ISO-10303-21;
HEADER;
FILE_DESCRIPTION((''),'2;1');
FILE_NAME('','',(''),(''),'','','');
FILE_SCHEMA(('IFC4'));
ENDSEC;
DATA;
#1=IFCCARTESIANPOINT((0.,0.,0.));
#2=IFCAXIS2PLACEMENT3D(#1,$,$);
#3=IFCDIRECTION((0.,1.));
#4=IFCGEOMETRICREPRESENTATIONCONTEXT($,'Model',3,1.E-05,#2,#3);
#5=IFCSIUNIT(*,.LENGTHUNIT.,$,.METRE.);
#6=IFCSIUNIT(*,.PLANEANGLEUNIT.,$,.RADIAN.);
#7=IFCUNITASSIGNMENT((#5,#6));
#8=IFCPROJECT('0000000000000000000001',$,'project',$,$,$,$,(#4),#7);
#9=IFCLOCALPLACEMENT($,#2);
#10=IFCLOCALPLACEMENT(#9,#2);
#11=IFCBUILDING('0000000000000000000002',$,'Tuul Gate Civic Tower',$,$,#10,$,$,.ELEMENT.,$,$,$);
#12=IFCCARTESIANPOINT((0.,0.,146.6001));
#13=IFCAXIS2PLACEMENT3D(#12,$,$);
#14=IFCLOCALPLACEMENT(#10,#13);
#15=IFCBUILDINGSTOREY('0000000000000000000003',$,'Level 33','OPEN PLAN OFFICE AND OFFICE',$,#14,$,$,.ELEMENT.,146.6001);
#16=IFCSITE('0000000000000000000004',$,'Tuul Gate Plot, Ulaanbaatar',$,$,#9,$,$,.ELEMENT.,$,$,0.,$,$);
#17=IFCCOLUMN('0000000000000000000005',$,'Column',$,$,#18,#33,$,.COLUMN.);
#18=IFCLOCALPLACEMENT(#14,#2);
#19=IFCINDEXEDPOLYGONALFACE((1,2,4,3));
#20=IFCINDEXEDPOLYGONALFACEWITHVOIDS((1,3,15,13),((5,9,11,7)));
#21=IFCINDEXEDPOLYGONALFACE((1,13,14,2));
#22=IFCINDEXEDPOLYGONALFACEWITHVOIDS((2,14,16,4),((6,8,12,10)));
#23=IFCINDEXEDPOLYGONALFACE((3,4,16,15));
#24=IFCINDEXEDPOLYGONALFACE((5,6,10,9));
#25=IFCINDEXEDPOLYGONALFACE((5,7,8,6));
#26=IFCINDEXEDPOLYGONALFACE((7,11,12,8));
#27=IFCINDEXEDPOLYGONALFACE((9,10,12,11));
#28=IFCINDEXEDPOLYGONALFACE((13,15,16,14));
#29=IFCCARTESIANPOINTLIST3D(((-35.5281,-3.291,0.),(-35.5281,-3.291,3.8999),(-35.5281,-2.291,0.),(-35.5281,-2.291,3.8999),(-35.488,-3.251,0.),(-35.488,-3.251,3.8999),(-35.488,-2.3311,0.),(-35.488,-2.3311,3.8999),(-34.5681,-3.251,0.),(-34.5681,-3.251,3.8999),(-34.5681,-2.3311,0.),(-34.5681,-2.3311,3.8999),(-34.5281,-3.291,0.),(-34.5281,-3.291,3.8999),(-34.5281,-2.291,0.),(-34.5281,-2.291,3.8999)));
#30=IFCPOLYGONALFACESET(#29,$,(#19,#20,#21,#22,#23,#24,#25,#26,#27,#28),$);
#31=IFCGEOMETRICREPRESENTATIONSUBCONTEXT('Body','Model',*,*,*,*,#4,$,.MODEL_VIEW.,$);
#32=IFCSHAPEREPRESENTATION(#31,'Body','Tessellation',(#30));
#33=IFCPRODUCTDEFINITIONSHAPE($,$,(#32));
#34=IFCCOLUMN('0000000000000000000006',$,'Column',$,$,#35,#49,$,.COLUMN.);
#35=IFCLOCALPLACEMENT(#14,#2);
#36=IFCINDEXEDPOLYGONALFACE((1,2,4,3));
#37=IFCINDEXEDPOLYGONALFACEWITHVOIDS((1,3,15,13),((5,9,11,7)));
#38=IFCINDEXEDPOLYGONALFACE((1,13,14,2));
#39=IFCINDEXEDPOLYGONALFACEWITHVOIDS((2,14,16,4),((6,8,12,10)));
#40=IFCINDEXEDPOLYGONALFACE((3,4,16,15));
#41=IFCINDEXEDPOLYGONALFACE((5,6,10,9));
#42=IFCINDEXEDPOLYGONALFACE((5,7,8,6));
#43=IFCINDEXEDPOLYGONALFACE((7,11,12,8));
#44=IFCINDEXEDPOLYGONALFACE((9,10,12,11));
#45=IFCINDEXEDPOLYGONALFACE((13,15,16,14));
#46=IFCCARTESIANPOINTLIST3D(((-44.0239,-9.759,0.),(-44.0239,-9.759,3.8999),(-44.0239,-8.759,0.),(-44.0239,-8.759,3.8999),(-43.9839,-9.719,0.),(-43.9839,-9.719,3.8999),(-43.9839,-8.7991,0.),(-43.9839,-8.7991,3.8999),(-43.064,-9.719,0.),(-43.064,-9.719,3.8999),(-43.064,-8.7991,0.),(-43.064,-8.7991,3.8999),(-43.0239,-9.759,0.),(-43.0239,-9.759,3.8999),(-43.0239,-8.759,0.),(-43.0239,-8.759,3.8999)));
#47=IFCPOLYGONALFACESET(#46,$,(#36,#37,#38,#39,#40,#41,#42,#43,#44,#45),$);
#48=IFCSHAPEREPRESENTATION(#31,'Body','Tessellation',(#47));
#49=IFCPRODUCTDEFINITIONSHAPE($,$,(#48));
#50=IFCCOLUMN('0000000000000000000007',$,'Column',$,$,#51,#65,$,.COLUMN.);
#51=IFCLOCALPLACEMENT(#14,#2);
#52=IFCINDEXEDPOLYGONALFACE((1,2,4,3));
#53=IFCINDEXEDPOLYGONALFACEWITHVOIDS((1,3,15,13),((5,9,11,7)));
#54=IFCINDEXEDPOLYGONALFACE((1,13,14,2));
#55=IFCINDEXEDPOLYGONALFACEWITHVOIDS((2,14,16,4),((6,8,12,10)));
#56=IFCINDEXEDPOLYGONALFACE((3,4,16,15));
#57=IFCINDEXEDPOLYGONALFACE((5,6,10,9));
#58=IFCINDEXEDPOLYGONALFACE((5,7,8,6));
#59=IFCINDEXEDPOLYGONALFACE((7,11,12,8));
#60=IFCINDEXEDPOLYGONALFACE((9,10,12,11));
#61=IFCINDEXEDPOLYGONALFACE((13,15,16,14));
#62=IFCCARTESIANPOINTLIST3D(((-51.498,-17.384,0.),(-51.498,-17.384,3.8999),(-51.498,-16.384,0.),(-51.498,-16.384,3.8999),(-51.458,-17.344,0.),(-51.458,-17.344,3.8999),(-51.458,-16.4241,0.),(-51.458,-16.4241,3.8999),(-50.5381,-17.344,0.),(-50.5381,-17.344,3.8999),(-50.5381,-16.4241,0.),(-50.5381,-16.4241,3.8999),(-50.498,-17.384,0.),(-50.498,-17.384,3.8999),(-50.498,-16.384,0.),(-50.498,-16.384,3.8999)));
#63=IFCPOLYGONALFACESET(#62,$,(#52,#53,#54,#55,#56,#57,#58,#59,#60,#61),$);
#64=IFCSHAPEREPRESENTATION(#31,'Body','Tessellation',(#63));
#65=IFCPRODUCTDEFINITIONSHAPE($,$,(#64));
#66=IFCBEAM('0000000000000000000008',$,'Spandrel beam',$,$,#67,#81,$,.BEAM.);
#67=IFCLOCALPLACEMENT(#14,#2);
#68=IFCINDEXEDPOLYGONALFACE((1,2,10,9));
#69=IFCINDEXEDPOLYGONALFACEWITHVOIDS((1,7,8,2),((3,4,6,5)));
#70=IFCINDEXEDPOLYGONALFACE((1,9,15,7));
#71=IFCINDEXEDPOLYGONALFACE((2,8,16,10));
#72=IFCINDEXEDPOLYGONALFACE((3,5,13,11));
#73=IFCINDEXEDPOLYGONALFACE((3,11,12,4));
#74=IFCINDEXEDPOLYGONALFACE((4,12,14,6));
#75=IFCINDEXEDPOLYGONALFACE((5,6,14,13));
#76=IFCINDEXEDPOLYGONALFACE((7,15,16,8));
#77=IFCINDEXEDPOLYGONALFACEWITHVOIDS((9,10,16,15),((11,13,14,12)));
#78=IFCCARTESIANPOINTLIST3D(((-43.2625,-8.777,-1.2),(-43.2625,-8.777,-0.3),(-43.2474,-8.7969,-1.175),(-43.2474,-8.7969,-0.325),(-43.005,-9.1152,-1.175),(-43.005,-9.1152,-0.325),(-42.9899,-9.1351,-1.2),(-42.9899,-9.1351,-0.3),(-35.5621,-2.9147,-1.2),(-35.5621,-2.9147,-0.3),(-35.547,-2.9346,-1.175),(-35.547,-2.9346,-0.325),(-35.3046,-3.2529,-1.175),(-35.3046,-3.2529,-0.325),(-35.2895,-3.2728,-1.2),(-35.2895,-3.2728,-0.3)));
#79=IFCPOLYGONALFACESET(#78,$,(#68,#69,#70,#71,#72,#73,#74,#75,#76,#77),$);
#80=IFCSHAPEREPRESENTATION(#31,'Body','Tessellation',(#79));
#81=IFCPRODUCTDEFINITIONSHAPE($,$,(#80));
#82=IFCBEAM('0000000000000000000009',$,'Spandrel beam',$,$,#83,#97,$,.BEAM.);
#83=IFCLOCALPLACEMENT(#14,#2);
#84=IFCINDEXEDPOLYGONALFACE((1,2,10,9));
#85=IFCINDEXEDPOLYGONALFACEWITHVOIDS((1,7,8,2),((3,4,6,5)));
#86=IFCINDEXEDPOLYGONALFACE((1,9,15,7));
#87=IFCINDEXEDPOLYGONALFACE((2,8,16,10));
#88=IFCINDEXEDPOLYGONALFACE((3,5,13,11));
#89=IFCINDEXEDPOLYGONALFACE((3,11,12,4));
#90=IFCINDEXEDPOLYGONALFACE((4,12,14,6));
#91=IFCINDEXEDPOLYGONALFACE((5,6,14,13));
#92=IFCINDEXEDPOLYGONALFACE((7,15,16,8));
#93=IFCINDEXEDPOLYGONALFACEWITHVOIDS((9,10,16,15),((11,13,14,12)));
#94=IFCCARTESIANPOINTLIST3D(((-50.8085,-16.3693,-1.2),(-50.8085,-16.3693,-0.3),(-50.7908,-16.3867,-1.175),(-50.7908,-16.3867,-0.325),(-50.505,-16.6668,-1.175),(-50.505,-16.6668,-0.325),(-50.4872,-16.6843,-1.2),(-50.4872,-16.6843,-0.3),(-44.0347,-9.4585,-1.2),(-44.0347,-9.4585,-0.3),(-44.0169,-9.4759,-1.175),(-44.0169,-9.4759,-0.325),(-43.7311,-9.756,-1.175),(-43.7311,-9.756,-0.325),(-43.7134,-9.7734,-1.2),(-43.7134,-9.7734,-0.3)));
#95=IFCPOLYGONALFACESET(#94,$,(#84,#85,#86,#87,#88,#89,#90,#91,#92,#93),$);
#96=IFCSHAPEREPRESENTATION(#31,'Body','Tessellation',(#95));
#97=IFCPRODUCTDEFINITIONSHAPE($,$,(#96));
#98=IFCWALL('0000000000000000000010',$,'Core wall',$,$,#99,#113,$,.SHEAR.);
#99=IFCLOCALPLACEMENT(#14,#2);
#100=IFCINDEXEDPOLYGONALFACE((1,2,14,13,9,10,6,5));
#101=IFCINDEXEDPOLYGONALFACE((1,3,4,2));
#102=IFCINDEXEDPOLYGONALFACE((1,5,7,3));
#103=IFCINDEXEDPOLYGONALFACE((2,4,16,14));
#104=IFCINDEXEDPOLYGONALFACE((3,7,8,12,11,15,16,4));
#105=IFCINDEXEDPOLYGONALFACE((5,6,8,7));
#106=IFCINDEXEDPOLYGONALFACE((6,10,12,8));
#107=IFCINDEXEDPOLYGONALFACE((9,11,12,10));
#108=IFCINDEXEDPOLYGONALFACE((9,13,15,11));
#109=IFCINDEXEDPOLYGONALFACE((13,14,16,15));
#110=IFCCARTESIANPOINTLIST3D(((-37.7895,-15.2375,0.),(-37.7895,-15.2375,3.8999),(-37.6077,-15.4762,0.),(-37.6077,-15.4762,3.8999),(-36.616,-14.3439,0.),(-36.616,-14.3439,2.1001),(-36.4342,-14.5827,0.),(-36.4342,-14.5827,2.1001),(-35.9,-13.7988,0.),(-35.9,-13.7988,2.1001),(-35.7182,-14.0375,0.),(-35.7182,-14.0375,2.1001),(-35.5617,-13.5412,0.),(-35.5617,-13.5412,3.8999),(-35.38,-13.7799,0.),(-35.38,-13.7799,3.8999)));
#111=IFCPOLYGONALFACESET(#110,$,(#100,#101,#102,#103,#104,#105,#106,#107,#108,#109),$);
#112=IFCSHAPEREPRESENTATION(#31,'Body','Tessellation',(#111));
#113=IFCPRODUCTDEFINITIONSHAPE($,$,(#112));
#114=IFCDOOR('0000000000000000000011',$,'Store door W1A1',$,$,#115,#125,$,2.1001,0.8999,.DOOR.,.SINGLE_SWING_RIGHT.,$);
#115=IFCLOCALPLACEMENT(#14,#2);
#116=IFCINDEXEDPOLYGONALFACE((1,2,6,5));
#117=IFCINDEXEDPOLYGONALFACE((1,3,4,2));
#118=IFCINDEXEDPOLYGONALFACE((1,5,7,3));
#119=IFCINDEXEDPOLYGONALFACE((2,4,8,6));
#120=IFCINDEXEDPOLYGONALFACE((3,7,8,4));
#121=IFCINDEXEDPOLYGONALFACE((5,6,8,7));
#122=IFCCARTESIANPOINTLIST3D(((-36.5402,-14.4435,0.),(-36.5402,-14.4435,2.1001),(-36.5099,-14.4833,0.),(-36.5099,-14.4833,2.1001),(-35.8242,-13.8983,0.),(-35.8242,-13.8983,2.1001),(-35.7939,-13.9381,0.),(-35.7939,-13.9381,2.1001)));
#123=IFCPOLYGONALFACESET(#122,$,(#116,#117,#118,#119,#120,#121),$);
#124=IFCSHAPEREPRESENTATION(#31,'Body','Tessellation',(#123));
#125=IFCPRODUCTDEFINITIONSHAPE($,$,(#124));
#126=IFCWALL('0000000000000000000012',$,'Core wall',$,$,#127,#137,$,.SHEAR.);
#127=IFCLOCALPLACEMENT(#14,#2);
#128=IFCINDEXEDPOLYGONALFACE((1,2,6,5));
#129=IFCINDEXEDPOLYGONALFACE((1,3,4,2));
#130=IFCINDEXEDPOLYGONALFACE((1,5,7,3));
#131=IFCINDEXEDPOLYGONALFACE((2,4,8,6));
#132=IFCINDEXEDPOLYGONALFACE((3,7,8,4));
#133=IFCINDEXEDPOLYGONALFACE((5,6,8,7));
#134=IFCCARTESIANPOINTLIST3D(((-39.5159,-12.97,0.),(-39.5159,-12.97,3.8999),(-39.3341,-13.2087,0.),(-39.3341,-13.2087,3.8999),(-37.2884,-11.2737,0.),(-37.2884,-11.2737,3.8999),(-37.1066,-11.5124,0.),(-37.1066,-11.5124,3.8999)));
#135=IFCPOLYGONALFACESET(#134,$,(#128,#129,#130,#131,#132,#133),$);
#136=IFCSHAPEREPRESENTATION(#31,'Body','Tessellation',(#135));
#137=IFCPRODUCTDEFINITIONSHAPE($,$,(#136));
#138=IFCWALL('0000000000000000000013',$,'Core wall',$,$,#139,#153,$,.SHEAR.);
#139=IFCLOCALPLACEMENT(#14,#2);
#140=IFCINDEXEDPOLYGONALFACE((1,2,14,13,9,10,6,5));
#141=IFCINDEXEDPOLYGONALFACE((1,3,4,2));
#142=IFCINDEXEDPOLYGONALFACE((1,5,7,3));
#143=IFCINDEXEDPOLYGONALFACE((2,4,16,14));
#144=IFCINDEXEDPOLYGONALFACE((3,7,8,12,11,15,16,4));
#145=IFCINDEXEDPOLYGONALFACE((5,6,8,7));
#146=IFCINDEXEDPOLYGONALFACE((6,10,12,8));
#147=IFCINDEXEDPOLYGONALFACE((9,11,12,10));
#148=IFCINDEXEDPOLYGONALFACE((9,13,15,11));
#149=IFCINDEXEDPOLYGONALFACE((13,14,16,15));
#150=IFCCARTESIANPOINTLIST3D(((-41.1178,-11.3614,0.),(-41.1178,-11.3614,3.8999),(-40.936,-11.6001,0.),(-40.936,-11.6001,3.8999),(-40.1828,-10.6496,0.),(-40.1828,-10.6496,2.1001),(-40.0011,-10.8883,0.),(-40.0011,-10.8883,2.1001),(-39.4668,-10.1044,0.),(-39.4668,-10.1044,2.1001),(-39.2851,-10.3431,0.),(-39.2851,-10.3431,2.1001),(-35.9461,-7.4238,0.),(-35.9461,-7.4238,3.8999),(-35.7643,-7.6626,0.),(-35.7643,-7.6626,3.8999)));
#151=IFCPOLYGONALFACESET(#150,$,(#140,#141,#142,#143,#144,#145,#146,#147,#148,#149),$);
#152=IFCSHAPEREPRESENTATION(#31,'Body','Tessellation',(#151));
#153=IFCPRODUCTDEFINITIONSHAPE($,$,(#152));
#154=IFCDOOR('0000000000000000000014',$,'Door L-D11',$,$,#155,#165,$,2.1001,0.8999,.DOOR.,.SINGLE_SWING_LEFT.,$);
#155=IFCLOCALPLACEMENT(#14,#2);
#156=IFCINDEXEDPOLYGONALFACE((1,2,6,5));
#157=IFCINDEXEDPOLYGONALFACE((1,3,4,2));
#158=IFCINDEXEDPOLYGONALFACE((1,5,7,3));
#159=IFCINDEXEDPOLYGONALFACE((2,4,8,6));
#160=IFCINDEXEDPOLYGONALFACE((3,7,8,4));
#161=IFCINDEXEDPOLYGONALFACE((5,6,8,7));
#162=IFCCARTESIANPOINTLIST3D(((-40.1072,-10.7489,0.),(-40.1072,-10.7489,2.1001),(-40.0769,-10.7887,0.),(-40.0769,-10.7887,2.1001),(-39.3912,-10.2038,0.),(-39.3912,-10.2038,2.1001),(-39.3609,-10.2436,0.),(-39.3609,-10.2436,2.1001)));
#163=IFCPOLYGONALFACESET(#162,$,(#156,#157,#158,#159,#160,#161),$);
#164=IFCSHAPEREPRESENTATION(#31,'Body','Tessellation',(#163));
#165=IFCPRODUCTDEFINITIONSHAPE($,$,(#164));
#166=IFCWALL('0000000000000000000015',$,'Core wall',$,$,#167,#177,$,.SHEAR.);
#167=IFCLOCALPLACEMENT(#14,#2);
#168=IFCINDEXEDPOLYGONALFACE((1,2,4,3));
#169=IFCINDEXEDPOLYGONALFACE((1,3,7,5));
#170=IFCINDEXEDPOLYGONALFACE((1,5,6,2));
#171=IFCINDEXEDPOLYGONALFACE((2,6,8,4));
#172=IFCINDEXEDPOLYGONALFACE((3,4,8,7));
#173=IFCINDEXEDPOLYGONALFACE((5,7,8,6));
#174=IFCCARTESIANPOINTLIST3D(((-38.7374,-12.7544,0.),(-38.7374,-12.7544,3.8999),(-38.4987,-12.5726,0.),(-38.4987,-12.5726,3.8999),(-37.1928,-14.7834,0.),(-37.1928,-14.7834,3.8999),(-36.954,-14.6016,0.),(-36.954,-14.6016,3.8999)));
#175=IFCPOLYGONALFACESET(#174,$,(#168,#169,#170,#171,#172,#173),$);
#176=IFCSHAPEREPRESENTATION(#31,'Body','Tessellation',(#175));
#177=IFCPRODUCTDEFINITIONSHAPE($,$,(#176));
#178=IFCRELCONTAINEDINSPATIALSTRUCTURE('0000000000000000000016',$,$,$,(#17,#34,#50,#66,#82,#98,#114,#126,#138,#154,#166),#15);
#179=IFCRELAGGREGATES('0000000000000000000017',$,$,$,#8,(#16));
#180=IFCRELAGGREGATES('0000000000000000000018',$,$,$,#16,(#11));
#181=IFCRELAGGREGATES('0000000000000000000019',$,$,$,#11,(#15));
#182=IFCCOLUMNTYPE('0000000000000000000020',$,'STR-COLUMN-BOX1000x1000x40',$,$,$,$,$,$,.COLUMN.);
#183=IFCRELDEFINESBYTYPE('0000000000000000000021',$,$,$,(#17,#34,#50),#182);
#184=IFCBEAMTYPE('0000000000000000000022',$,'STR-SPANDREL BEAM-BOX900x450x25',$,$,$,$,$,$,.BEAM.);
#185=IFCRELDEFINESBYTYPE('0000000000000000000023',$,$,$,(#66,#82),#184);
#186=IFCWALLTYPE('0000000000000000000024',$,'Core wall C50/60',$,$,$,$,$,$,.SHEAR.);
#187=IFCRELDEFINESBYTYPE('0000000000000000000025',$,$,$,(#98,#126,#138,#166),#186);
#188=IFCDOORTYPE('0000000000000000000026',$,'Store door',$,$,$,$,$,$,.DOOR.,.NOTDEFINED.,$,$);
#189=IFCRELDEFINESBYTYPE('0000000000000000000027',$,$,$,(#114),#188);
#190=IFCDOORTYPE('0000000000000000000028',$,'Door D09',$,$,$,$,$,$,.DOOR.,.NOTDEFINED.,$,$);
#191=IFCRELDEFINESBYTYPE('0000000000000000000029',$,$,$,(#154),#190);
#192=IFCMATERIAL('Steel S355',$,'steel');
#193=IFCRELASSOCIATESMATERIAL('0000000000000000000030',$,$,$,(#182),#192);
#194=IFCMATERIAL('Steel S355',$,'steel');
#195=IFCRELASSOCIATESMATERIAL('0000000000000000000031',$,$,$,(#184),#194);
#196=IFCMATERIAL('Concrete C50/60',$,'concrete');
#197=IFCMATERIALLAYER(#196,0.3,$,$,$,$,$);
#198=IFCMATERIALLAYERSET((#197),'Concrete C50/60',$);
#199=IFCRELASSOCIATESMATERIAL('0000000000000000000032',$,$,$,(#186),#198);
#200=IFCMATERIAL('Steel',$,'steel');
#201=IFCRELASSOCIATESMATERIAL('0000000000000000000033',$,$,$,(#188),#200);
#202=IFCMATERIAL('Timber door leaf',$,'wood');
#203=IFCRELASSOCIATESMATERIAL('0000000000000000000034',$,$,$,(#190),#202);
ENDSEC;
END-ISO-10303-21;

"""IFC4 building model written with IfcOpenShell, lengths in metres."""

from ifc_helpers import new_model, si_unit, direction, frame, frame_2d, origin, origin_2d, place, context, subcontext, project, spatial, rectangle, hollow_rectangle, extrude, material, layer, layer_set, material_profile, profile_set, type_object, element, fill, save


model = new_model("IFC4")

# Units and contexts
model_context = context("Model", 3, precision=1e-05, world=origin(), true_north=direction((0.0, 1.0)))
body_context = subcontext(model_context, "Body", "Model", "MODEL_VIEW")
ifc_project = project(units=[si_unit("LENGTHUNIT", "METRE"), si_unit("PLANEANGLEUNIT", "RADIAN")], contexts=[model_context])

# Site, building, storey
site_placement = place(None, origin())
site = spatial("IfcSite", under=ifc_project, at=site_placement, Name="Tuul Gate Plot, Ulaanbaatar", CompositionType="ELEMENT", RefElevation=0.0)
building_placement = place(site_placement, origin())
building = spatial("IfcBuilding", under=site, at=building_placement, Name="Tuul Gate Civic Tower", CompositionType="ELEMENT")
storey_placement = place(building_placement, frame((0.0, 0.0, 146.6001)))
storey = spatial("IfcBuildingStorey", under=building, at=storey_placement, Name="Level 33", Description="OPEN PLAN OFFICE AND OFFICE", CompositionType="ELEMENT", Elevation=146.6001)

# Columns
ifc_material_1 = material(Name="Steel S355", Category="steel")
ifc_material_profile_1 = material_profile(ifc_material_1, hollow_rectangle(XDim=1.0, YDim=1.0, WallThickness=0.04, at=origin_2d()), Name="BOX1000x1000x40")
ifc_profile_set_1 = profile_set([ifc_material_profile_1], Name="Steel S355")
column_type = type_object("IfcColumnType", Name="STR-COLUMN-BOX1000x1000x40", PredefinedType="COLUMN", material=ifc_profile_set_1)
for number, where, z_axis, x_axis, name in (
    (1, (-35.0281, -2.791, 0.0), (0.0, 0.0, 1.0), (1.0, 0.0, 0.0), "Column"),
    (2, (-43.5239, -9.259, 0.0), (0.0, 0.0, 1.0), (1.0, 0.0, 0.0), "Column"),
    (3, (-50.998, -16.884, 0.0), (0.0, 0.0, 1.0), (1.0, 0.0, 0.0), "Column"),
):
    element("IfcColumn", number, at=place(storey_placement, frame(where, z_axis=z_axis, x_axis=x_axis)), inside=storey, type_object=column_type, Name=name, PredefinedType="COLUMN", context=body_context, shape_type="SweptSolid", body=[
        extrude(hollow_rectangle(XDim=1.0, YDim=1.0, WallThickness=0.04, at=origin_2d()), origin(), (0.0, 0.0, 1.0), 3.8999),
    ])

# Beams
ifc_material_2 = material(Name="Steel S355", Category="steel")
ifc_material_profile_2 = material_profile(ifc_material_2, hollow_rectangle(XDim=0.45, YDim=0.8999, WallThickness=0.0249, at=origin_2d()), Name="BOX900x450x25")
ifc_profile_set_2 = profile_set([ifc_material_profile_2], Name="Steel S355")
beam_type = type_object("IfcBeamType", Name="STR-SPANDREL BEAM-BOX900x450x25", PredefinedType="BEAM", material=ifc_profile_set_2)
beam_1_placement = place(storey_placement, frame((-35.4258, -3.0938, -0.75), z_axis=(-0.795666, -0.605736, 0.0), x_axis=(0.605736, -0.795666, 0.0)))
element("IfcBeam", 4, at=beam_1_placement, inside=storey, type_object=beam_type, Name="Spandrel beam", PredefinedType="BEAM", context=body_context, shape_type="SweptSolid", body=[
    extrude(hollow_rectangle(XDim=0.45, YDim=0.8999, WallThickness=0.0249, at=origin_2d()), origin(), (0.0, 0.0, 1.0), 9.678),
])
beam_2_placement = place(storey_placement, frame((-43.874, -9.616, -0.75), z_axis=(-0.699995, -0.714148, 0.0), x_axis=(0.714148, -0.699995, 0.0)))
element("IfcBeam", 5, at=beam_2_placement, inside=storey, type_object=beam_type, Name="Spandrel beam", PredefinedType="BEAM", context=body_context, shape_type="SweptSolid", body=[
    extrude(hollow_rectangle(XDim=0.45, YDim=0.8999, WallThickness=0.0249, at=origin_2d()), origin(), (0.0, 0.0, 1.0), 9.677),
])

# Wall, opening, door
ifc_material_3 = material(Name="Concrete C50/60", Category="concrete")
ifc_layer_1 = layer(ifc_material_3, 0.3)
ifc_layer_set_1 = layer_set([ifc_layer_1], Name="Concrete C50/60")
wall_type_1 = type_object("IfcWallType", Name="Core wall C50/60", PredefinedType="SHEAR", material=ifc_layer_set_1)
wall_1_placement = place(storey_placement, frame((-35.4709, -13.6606, 0.0), z_axis=(0.0, 0.0, 1.0), x_axis=(-0.795616, -0.605802, 0.0)))
wall_1 = element("IfcWall", 6, at=wall_1_placement, inside=storey, type_object=wall_type_1, Name="Core wall", PredefinedType="SHEAR", context=body_context, shape_type="SweptSolid", body=[
    extrude(rectangle(XDim=2.8, YDim=0.3, at=frame_2d((1.3999, 0.0))), origin(), (0.0, 0.0, 1.0), 3.8999),
])
opening_1_placement = place(wall_1_placement, frame((0.425, 0.0, 0.0)))
opening_1 = element("IfcOpeningElement", 7, at=opening_1_placement, cuts=wall_1, PredefinedType="OPENING", context=body_context, shape_type="SweptSolid", body=[
    extrude(rectangle(XDim=0.8999, YDim=2.1001, at=frame_2d((0.45, 1.05))), frame((0.0, 0.1602, 0.0), z_axis=(0.0, -1.0, 0.0), x_axis=(1.0, 0.0, 0.0)), (0.0, 0.0, 1.0), 0.3201),
])
ifc_material_4 = material(Name="Steel", Category="steel")
door_type_1 = type_object("IfcDoorType", Name="Store door", OperationType="NOTDEFINED", PredefinedType="DOOR", material=ifc_material_4)
door_1_placement = place(opening_1_placement, frame((0.8999, 0.0, 0.0), z_axis=(0.0, 0.0, 1.0), x_axis=(-1.0, 0.0, 0.0)))
door_1 = element("IfcDoor", 8, at=door_1_placement, inside=storey, type_object=door_type_1, Name="Store door W1A1", OperationType="SINGLE_SWING_RIGHT", OverallHeight=2.1001, OverallWidth=0.8999, PredefinedType="DOOR", context=body_context, shape_type="SweptSolid", body=[
    extrude(rectangle(XDim=0.8999, YDim=2.1001, at=frame_2d((0.45, 1.05))), frame((0.0, 0.0249, 0.0), z_axis=(0.0, -1.0, 0.0), x_axis=(1.0, 0.0, 0.0)), (0.0, 0.0, 1.0), 0.05),
])
fill(opening_1, door_1)

# Wall
wall_2_placement = place(storey_placement, frame((-37.1975, -11.3931, 0.0), z_axis=(0.0, 0.0, 1.0), x_axis=(-0.795584, -0.605844, 0.0)))
element("IfcWall", 9, at=wall_2_placement, inside=storey, type_object=wall_type_1, Name="Core wall", PredefinedType="SHEAR", context=body_context, shape_type="SweptSolid", body=[
    extrude(rectangle(XDim=2.7998, YDim=0.3, at=frame_2d((1.3999, 0.0))), origin(), (0.0, 0.0, 1.0), 3.8999),
])

# Wall, opening, door
wall_3_placement = place(storey_placement, frame((-35.8552, -7.5432, 0.0), z_axis=(0.0, 0.0, 1.0), x_axis=(-0.795639, -0.605772, 0.0)))
wall_3 = element("IfcWall", 10, at=wall_3_placement, inside=storey, type_object=wall_type_1, Name="Core wall", PredefinedType="SHEAR", context=body_context, shape_type="SweptSolid", body=[
    extrude(rectangle(XDim=6.5, YDim=0.3, at=frame_2d((3.25, 0.0))), origin(), (0.0, 0.0, 1.0), 3.8999),
])
opening_2_placement = place(wall_3_placement, frame((4.425, 0.0, 0.0)))
opening_2 = element("IfcOpeningElement", 11, at=opening_2_placement, cuts=wall_3, PredefinedType="OPENING", context=body_context, shape_type="SweptSolid", body=[
    extrude(rectangle(XDim=0.8999, YDim=2.1001, at=frame_2d((0.45, 1.05))), frame((0.0, 0.1602, 0.0), z_axis=(0.0, -1.0, 0.0), x_axis=(1.0, 0.0, 0.0)), (0.0, 0.0, 1.0), 0.3201),
])
ifc_material_5 = material(Name="Timber door leaf", Category="wood")
door_type_2 = type_object("IfcDoorType", Name="Door D09", OperationType="NOTDEFINED", PredefinedType="DOOR", material=ifc_material_5)
door_2_placement = place(opening_2_placement, origin())
door_2 = element("IfcDoor", 12, at=door_2_placement, inside=storey, type_object=door_type_2, Name="Door L-D11", OperationType="SINGLE_SWING_LEFT", OverallHeight=2.1001, OverallWidth=0.8999, PredefinedType="DOOR", context=body_context, shape_type="SweptSolid", body=[
    extrude(rectangle(XDim=0.8999, YDim=2.1001, at=frame_2d((0.45, 1.05))), frame((0.0, 0.0249, 0.0), z_axis=(0.0, -1.0, 0.0), x_axis=(1.0, 0.0, 0.0)), (0.0, 0.0, 1.0), 0.05),
])
fill(opening_2, door_2)

# Wall
wall_4_placement = place(storey_placement, frame((-37.0735, -14.6924, 0.0), z_axis=(0.0, 0.0, 1.0), x_axis=(-0.605729, 0.795671, 0.0)))
element("IfcWall", 13, at=wall_4_placement, inside=storey, type_object=wall_type_1, Name="Core wall", PredefinedType="SHEAR", context=body_context, shape_type="SweptSolid", body=[
    extrude(rectangle(XDim=2.55, YDim=0.3, at=frame_2d((1.2749, 0.0))), origin(), (0.0, 0.0, 1.0), 3.8999),
])

save(model, "model.ifc")
